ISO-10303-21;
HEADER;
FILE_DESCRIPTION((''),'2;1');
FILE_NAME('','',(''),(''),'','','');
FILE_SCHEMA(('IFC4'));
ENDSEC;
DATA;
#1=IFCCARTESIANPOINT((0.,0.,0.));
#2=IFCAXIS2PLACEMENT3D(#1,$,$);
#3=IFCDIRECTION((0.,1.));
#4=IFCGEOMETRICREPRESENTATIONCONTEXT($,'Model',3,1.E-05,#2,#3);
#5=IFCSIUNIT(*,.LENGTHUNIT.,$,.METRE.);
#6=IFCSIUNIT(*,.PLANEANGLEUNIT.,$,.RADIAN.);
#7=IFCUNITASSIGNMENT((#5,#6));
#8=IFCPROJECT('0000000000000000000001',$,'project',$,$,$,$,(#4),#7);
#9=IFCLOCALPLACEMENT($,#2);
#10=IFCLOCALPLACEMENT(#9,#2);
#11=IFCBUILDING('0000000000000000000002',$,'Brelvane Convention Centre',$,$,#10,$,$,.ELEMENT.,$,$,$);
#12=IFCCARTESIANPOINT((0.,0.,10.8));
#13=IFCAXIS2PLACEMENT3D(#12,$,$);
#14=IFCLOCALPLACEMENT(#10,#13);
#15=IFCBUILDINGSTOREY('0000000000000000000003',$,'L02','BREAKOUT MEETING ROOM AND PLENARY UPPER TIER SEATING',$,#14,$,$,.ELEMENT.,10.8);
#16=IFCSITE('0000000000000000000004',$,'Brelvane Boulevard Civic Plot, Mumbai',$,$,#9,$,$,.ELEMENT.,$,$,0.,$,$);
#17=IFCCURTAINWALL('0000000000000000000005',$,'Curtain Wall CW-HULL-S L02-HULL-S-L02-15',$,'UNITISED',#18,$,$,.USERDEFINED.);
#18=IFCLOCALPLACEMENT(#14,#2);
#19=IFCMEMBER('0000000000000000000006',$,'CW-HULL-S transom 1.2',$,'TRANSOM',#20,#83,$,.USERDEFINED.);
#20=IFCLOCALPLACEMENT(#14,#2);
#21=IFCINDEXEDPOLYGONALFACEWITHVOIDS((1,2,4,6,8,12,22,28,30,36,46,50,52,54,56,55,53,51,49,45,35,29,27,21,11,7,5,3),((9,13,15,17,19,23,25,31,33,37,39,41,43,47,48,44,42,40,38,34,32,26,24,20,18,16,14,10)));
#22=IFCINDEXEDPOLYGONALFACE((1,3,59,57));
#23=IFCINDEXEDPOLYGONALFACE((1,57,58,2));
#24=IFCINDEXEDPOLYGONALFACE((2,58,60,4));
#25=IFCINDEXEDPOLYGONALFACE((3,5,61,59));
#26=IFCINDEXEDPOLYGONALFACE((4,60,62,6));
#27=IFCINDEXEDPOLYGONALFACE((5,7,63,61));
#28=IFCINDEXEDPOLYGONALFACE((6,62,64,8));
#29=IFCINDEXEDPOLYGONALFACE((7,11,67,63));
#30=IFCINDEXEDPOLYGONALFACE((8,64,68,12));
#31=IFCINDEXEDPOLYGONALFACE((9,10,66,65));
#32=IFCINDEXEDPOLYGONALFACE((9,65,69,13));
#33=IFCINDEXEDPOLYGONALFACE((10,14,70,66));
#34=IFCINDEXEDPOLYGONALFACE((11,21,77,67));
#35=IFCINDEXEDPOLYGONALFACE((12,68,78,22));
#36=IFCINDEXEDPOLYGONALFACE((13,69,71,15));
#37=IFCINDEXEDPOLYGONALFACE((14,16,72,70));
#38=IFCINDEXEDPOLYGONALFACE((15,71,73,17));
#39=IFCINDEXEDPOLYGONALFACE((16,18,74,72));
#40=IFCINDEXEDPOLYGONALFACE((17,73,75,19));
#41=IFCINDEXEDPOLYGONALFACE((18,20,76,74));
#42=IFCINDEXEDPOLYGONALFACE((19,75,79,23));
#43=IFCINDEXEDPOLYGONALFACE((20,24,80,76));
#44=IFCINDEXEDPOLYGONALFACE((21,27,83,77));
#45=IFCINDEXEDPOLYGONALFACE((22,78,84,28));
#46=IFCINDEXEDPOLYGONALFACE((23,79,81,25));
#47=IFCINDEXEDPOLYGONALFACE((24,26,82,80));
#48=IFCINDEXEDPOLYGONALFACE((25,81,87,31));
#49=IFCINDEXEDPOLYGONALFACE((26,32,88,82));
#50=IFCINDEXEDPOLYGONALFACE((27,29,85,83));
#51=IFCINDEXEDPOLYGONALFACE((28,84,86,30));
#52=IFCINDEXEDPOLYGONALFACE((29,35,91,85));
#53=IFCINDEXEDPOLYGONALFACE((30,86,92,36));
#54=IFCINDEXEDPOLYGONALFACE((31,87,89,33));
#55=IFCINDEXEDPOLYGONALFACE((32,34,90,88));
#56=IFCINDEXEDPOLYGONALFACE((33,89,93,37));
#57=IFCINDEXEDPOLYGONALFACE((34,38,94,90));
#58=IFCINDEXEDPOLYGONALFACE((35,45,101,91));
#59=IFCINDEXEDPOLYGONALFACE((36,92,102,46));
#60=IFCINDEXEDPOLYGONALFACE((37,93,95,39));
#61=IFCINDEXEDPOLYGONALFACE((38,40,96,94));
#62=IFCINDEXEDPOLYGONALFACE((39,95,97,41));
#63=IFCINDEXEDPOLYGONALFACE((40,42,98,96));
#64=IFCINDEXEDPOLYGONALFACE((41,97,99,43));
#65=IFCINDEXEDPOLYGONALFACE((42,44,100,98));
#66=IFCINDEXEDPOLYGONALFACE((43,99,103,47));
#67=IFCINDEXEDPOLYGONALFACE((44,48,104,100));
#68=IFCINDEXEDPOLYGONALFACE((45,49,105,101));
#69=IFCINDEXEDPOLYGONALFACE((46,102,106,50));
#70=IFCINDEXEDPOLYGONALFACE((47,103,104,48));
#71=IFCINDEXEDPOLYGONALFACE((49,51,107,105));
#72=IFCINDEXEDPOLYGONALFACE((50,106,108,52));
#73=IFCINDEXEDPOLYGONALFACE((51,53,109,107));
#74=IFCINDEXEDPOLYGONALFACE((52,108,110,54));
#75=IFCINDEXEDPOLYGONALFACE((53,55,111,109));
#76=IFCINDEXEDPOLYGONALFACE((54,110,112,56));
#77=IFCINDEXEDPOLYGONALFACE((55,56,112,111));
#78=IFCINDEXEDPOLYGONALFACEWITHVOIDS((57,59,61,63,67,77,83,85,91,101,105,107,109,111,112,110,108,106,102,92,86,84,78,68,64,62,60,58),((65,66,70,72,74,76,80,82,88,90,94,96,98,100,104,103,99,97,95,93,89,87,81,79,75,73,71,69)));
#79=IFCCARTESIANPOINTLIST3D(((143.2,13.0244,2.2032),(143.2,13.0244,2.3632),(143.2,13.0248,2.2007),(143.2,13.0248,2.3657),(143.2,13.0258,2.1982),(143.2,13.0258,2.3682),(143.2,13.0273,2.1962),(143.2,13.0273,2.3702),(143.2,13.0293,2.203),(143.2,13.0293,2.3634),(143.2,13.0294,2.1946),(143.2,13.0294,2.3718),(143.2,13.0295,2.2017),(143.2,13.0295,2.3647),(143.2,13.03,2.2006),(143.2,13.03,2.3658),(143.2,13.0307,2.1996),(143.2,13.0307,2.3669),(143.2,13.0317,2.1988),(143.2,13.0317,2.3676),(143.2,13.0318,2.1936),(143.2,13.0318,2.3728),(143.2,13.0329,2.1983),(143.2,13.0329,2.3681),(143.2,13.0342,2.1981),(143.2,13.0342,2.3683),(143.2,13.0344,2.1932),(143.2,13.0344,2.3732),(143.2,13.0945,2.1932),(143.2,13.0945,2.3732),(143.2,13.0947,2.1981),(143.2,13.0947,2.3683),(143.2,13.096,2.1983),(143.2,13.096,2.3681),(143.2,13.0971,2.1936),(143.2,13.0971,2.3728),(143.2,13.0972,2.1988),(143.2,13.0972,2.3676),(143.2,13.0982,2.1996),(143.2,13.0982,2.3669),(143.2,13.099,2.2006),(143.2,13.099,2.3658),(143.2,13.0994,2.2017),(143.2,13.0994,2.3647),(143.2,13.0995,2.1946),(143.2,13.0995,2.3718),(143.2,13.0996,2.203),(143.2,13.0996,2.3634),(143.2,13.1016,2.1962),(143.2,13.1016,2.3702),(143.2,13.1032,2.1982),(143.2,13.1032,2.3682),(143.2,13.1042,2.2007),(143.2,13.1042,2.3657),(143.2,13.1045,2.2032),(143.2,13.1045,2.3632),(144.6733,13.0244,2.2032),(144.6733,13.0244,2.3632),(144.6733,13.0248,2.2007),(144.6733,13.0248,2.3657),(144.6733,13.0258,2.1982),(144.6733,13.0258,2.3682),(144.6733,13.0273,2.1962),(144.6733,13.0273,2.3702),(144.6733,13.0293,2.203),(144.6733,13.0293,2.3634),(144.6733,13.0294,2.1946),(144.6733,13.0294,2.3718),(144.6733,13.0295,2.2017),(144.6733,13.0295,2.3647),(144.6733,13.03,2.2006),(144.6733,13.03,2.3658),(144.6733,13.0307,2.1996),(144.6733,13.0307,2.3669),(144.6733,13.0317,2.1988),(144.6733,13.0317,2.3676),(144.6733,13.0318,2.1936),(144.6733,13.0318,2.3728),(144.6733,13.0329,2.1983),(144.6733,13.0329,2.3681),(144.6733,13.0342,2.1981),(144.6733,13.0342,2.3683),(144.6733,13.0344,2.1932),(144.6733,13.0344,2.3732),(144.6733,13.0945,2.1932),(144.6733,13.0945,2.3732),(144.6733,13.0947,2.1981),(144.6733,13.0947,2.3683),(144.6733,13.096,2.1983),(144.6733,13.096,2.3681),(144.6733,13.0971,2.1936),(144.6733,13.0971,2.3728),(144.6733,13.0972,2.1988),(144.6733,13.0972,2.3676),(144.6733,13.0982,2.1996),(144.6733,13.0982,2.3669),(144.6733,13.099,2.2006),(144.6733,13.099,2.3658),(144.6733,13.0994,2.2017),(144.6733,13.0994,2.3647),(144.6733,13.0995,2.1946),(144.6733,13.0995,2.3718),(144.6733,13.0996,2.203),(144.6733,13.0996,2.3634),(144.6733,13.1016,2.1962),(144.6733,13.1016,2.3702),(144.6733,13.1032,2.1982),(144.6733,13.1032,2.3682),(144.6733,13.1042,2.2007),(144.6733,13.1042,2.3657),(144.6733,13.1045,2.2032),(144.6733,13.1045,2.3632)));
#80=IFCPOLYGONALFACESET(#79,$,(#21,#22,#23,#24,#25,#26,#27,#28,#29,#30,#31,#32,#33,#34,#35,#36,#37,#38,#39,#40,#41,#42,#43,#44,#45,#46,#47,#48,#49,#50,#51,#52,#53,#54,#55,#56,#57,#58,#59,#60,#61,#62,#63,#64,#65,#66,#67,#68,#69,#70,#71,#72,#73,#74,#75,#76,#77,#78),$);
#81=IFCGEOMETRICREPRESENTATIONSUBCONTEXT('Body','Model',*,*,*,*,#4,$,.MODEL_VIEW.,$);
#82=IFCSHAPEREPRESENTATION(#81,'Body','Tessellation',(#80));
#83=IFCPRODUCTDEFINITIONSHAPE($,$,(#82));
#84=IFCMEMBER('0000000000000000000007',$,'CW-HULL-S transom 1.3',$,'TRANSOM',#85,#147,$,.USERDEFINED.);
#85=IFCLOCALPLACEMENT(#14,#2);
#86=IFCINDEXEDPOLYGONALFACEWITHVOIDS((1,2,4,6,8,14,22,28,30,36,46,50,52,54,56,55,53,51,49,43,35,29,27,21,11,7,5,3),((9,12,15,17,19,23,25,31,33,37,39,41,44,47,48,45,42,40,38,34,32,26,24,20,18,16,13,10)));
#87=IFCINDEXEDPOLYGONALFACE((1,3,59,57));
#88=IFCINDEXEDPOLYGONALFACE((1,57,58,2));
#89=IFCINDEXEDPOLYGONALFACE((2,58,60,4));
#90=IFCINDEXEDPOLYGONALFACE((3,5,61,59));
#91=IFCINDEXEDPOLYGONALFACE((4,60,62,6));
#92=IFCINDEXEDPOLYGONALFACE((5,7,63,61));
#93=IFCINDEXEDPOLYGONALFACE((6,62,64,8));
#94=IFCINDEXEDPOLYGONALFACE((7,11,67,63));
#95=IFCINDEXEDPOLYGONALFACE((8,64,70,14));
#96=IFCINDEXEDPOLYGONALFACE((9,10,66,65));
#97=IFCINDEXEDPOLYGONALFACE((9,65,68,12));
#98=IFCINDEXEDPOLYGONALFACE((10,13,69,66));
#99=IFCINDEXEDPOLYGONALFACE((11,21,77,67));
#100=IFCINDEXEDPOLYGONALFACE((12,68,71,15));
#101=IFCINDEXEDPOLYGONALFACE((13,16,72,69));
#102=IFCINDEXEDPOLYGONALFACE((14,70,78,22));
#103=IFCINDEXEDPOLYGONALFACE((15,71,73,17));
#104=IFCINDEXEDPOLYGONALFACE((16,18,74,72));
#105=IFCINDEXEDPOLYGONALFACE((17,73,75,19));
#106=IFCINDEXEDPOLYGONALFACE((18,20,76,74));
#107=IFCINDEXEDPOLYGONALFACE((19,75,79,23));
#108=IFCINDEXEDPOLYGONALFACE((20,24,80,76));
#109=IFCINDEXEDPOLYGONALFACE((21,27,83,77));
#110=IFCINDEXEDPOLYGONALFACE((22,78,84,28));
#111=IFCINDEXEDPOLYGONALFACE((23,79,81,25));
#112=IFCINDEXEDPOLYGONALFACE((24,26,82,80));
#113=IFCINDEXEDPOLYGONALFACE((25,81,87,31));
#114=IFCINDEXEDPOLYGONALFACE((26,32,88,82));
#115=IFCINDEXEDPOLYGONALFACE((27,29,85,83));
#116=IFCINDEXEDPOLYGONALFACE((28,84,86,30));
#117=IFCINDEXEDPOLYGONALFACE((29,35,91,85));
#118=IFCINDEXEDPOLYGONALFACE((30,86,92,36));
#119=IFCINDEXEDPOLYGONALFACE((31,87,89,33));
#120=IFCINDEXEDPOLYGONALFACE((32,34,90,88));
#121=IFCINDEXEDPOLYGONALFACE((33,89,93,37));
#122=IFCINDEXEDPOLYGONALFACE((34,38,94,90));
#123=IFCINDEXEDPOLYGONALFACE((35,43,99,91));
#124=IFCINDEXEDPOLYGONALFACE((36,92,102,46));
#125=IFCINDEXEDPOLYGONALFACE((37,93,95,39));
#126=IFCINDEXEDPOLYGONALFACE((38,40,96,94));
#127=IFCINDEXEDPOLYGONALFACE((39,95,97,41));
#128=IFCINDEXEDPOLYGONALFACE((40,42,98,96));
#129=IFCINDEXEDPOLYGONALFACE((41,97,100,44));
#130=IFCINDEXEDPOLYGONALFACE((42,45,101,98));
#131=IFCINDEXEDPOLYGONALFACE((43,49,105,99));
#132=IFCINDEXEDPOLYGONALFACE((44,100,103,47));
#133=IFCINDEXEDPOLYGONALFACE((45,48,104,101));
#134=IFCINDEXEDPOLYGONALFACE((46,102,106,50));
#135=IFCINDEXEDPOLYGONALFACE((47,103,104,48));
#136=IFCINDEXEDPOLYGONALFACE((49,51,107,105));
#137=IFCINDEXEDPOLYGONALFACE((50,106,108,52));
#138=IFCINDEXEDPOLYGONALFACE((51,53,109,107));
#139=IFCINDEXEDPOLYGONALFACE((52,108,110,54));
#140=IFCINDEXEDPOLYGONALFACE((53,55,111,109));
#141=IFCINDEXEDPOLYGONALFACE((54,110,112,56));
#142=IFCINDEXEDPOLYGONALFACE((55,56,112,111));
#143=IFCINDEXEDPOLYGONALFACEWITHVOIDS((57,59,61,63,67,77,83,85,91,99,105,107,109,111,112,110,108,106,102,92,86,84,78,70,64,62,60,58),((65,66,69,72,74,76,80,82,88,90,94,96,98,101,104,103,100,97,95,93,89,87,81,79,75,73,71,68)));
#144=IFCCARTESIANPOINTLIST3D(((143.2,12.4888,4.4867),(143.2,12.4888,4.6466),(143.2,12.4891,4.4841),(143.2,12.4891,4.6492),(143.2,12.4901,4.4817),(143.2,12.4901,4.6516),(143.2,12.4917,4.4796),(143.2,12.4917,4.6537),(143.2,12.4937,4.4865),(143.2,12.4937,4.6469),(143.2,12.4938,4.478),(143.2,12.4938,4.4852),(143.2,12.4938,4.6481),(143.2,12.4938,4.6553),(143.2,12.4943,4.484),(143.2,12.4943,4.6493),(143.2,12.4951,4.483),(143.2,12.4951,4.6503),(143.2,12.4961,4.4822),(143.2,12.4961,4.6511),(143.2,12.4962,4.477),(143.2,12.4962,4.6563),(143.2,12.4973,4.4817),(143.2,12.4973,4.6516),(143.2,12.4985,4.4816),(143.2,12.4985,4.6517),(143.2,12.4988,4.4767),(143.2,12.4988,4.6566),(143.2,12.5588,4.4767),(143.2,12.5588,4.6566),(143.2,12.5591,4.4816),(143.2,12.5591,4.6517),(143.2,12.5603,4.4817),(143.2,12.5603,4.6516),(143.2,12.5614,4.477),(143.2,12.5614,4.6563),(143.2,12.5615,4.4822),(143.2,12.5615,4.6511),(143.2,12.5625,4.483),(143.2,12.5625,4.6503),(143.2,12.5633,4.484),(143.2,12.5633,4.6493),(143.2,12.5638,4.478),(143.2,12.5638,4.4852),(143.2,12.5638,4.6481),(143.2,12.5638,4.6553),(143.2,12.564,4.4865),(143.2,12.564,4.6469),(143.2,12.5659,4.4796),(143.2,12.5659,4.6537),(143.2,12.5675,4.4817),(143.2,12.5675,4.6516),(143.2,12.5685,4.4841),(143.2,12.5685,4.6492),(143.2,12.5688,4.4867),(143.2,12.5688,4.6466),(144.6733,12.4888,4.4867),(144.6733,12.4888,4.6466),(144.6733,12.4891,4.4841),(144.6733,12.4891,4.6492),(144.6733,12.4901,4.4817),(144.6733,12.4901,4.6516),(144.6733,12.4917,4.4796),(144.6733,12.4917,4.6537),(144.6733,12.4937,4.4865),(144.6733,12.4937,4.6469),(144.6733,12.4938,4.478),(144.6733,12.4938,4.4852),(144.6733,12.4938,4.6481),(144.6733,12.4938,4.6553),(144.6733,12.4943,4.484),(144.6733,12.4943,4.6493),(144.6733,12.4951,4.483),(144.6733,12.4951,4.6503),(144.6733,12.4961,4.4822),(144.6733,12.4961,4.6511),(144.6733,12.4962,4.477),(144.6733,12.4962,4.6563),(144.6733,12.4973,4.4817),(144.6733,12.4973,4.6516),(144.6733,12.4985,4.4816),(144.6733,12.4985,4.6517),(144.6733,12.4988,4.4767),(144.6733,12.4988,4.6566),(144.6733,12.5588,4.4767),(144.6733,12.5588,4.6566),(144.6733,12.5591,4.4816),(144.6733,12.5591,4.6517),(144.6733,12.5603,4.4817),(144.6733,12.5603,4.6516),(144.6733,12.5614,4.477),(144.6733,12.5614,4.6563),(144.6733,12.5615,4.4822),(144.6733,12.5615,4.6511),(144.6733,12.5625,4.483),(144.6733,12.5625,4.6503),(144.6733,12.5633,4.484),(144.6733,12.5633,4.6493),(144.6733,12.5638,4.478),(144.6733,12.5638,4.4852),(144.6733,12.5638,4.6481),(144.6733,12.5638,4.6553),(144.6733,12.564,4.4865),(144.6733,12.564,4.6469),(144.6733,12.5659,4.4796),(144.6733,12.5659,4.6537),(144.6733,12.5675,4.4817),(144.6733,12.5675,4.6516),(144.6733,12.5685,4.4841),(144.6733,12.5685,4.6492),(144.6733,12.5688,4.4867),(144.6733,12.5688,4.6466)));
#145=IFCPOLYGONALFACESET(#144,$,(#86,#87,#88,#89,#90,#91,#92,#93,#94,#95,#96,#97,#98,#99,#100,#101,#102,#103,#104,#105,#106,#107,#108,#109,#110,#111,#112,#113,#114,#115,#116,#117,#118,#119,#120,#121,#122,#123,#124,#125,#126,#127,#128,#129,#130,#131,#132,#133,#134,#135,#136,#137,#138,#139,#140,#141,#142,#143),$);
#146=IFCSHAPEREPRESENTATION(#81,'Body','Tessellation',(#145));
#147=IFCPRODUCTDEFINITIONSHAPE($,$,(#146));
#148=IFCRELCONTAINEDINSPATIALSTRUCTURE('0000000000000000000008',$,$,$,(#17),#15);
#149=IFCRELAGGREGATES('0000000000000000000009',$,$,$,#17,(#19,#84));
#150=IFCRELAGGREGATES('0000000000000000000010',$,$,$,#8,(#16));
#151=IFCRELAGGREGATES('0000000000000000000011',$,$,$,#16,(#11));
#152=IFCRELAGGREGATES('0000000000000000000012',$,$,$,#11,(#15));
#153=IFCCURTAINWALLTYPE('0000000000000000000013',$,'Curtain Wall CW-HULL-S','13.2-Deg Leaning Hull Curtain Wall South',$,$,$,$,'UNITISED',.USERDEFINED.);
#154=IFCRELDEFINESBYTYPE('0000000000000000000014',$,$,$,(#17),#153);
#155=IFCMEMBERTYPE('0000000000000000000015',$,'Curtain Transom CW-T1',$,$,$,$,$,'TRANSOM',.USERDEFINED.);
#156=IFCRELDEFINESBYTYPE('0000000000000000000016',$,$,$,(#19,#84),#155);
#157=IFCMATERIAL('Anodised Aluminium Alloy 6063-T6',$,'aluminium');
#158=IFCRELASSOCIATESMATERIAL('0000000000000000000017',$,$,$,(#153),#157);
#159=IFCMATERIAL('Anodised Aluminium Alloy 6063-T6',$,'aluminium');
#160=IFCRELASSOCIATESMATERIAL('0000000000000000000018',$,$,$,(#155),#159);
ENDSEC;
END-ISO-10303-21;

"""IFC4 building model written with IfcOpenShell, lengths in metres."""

from ifc_helpers import new_model, si_unit, direction, frame, origin, origin_2d, place, context, subcontext, project, spatial, hollow_rectangle, extrude, material, material_profile, profile_set, type_object, element, aggregate, save


model = new_model("IFC4")

# Units and contexts
model_context = context("Model", 3, precision=1e-05, world=origin(), true_north=direction((0.0, 1.0)))
body_context = subcontext(model_context, "Body", "Model", "MODEL_VIEW")
ifc_project = project(units=[si_unit("LENGTHUNIT", "METRE"), si_unit("PLANEANGLEUNIT", "RADIAN")], contexts=[model_context])

# Site, building, storey
site_placement = place(None, origin())
site = spatial("IfcSite", under=ifc_project, at=site_placement, Name="Brelvane Boulevard Civic Plot, Mumbai", CompositionType="ELEMENT", RefElevation=0.0)
building_placement = place(site_placement, origin())
building = spatial("IfcBuilding", under=site, at=building_placement, Name="Brelvane Convention Centre", CompositionType="ELEMENT")
storey_placement = place(building_placement, frame((0.0, 0.0, 10.8)))
storey = spatial("IfcBuildingStorey", under=building, at=storey_placement, Name="L02", Description="BREAKOUT MEETING ROOM AND PLENARY UPPER TIER SEATING", CompositionType="ELEMENT", Elevation=10.8)

# Curtain wall, members
ifc_material_1 = material(Name="Anodised Aluminium Alloy 6063-T6", Category="aluminium")
curtain_wall_type = type_object("IfcCurtainWallType", Name="Curtain Wall CW-HULL-S", Description="13.2-Deg Leaning Hull Curtain Wall South", ElementType="UNITISED", PredefinedType="USERDEFINED", material=ifc_material_1)
ifc_material_2 = material(Name="Anodised Aluminium Alloy 6063-T6", Category="aluminium")
ifc_material_profile = material_profile(ifc_material_2, hollow_rectangle(XDim=0.0801, YDim=0.1799, WallThickness=0.0049, InnerFilletRadius=0.0049, OuterFilletRadius=0.01, at=origin_2d()), Name="ALU-T 180x80x5.0")
ifc_profile_set = profile_set([ifc_material_profile], Name="Anodised Aluminium Alloy 6063-T6")
member_type = type_object("IfcMemberType", Name="Curtain Transom CW-T1", ElementType="TRANSOM", PredefinedType="USERDEFINED", material=ifc_profile_set)
curtain_wall_1_placement = place(storey_placement, origin())
curtain_wall_1 = element("IfcCurtainWall", 1, at=curtain_wall_1_placement, inside=storey, type_object=curtain_wall_type, Name="Curtain Wall CW-HULL-S L02-HULL-S-L02-15", ObjectType="UNITISED", PredefinedType="USERDEFINED")
member_1_placement = place(storey_placement, frame((143.2, 13.0645, 2.2832), z_axis=(1.0, 0.0, 0.0), x_axis=(0.0, 1.0, 0.0)))
member_1 = element("IfcMember", 2, at=member_1_placement, type_object=member_type, Name="CW-HULL-S transom 1.2", ObjectType="TRANSOM", PredefinedType="USERDEFINED", context=body_context, shape_type="SweptSolid", body=[
    extrude(hollow_rectangle(XDim=0.0801, YDim=0.1799, WallThickness=0.0049, InnerFilletRadius=0.0049, OuterFilletRadius=0.01, at=origin_2d()), origin(), (0.0, 0.0, 1.0), 1.4734),
])
member_2_placement = place(storey_placement, frame((143.2, 12.5288, 4.5667), z_axis=(1.0, 0.0, 0.0), x_axis=(0.0, 1.0, 0.0)))
member_2 = element("IfcMember", 3, at=member_2_placement, type_object=member_type, Name="CW-HULL-S transom 1.3", ObjectType="TRANSOM", PredefinedType="USERDEFINED", context=body_context, shape_type="SweptSolid", body=[
    extrude(hollow_rectangle(XDim=0.0801, YDim=0.1799, WallThickness=0.0049, InnerFilletRadius=0.0049, OuterFilletRadius=0.01, at=origin_2d()), origin(), (0.0, 0.0, 1.0), 1.4734),
])

aggregate(curtain_wall_1, [member_1, member_2])

save(model, "model.ifc")
